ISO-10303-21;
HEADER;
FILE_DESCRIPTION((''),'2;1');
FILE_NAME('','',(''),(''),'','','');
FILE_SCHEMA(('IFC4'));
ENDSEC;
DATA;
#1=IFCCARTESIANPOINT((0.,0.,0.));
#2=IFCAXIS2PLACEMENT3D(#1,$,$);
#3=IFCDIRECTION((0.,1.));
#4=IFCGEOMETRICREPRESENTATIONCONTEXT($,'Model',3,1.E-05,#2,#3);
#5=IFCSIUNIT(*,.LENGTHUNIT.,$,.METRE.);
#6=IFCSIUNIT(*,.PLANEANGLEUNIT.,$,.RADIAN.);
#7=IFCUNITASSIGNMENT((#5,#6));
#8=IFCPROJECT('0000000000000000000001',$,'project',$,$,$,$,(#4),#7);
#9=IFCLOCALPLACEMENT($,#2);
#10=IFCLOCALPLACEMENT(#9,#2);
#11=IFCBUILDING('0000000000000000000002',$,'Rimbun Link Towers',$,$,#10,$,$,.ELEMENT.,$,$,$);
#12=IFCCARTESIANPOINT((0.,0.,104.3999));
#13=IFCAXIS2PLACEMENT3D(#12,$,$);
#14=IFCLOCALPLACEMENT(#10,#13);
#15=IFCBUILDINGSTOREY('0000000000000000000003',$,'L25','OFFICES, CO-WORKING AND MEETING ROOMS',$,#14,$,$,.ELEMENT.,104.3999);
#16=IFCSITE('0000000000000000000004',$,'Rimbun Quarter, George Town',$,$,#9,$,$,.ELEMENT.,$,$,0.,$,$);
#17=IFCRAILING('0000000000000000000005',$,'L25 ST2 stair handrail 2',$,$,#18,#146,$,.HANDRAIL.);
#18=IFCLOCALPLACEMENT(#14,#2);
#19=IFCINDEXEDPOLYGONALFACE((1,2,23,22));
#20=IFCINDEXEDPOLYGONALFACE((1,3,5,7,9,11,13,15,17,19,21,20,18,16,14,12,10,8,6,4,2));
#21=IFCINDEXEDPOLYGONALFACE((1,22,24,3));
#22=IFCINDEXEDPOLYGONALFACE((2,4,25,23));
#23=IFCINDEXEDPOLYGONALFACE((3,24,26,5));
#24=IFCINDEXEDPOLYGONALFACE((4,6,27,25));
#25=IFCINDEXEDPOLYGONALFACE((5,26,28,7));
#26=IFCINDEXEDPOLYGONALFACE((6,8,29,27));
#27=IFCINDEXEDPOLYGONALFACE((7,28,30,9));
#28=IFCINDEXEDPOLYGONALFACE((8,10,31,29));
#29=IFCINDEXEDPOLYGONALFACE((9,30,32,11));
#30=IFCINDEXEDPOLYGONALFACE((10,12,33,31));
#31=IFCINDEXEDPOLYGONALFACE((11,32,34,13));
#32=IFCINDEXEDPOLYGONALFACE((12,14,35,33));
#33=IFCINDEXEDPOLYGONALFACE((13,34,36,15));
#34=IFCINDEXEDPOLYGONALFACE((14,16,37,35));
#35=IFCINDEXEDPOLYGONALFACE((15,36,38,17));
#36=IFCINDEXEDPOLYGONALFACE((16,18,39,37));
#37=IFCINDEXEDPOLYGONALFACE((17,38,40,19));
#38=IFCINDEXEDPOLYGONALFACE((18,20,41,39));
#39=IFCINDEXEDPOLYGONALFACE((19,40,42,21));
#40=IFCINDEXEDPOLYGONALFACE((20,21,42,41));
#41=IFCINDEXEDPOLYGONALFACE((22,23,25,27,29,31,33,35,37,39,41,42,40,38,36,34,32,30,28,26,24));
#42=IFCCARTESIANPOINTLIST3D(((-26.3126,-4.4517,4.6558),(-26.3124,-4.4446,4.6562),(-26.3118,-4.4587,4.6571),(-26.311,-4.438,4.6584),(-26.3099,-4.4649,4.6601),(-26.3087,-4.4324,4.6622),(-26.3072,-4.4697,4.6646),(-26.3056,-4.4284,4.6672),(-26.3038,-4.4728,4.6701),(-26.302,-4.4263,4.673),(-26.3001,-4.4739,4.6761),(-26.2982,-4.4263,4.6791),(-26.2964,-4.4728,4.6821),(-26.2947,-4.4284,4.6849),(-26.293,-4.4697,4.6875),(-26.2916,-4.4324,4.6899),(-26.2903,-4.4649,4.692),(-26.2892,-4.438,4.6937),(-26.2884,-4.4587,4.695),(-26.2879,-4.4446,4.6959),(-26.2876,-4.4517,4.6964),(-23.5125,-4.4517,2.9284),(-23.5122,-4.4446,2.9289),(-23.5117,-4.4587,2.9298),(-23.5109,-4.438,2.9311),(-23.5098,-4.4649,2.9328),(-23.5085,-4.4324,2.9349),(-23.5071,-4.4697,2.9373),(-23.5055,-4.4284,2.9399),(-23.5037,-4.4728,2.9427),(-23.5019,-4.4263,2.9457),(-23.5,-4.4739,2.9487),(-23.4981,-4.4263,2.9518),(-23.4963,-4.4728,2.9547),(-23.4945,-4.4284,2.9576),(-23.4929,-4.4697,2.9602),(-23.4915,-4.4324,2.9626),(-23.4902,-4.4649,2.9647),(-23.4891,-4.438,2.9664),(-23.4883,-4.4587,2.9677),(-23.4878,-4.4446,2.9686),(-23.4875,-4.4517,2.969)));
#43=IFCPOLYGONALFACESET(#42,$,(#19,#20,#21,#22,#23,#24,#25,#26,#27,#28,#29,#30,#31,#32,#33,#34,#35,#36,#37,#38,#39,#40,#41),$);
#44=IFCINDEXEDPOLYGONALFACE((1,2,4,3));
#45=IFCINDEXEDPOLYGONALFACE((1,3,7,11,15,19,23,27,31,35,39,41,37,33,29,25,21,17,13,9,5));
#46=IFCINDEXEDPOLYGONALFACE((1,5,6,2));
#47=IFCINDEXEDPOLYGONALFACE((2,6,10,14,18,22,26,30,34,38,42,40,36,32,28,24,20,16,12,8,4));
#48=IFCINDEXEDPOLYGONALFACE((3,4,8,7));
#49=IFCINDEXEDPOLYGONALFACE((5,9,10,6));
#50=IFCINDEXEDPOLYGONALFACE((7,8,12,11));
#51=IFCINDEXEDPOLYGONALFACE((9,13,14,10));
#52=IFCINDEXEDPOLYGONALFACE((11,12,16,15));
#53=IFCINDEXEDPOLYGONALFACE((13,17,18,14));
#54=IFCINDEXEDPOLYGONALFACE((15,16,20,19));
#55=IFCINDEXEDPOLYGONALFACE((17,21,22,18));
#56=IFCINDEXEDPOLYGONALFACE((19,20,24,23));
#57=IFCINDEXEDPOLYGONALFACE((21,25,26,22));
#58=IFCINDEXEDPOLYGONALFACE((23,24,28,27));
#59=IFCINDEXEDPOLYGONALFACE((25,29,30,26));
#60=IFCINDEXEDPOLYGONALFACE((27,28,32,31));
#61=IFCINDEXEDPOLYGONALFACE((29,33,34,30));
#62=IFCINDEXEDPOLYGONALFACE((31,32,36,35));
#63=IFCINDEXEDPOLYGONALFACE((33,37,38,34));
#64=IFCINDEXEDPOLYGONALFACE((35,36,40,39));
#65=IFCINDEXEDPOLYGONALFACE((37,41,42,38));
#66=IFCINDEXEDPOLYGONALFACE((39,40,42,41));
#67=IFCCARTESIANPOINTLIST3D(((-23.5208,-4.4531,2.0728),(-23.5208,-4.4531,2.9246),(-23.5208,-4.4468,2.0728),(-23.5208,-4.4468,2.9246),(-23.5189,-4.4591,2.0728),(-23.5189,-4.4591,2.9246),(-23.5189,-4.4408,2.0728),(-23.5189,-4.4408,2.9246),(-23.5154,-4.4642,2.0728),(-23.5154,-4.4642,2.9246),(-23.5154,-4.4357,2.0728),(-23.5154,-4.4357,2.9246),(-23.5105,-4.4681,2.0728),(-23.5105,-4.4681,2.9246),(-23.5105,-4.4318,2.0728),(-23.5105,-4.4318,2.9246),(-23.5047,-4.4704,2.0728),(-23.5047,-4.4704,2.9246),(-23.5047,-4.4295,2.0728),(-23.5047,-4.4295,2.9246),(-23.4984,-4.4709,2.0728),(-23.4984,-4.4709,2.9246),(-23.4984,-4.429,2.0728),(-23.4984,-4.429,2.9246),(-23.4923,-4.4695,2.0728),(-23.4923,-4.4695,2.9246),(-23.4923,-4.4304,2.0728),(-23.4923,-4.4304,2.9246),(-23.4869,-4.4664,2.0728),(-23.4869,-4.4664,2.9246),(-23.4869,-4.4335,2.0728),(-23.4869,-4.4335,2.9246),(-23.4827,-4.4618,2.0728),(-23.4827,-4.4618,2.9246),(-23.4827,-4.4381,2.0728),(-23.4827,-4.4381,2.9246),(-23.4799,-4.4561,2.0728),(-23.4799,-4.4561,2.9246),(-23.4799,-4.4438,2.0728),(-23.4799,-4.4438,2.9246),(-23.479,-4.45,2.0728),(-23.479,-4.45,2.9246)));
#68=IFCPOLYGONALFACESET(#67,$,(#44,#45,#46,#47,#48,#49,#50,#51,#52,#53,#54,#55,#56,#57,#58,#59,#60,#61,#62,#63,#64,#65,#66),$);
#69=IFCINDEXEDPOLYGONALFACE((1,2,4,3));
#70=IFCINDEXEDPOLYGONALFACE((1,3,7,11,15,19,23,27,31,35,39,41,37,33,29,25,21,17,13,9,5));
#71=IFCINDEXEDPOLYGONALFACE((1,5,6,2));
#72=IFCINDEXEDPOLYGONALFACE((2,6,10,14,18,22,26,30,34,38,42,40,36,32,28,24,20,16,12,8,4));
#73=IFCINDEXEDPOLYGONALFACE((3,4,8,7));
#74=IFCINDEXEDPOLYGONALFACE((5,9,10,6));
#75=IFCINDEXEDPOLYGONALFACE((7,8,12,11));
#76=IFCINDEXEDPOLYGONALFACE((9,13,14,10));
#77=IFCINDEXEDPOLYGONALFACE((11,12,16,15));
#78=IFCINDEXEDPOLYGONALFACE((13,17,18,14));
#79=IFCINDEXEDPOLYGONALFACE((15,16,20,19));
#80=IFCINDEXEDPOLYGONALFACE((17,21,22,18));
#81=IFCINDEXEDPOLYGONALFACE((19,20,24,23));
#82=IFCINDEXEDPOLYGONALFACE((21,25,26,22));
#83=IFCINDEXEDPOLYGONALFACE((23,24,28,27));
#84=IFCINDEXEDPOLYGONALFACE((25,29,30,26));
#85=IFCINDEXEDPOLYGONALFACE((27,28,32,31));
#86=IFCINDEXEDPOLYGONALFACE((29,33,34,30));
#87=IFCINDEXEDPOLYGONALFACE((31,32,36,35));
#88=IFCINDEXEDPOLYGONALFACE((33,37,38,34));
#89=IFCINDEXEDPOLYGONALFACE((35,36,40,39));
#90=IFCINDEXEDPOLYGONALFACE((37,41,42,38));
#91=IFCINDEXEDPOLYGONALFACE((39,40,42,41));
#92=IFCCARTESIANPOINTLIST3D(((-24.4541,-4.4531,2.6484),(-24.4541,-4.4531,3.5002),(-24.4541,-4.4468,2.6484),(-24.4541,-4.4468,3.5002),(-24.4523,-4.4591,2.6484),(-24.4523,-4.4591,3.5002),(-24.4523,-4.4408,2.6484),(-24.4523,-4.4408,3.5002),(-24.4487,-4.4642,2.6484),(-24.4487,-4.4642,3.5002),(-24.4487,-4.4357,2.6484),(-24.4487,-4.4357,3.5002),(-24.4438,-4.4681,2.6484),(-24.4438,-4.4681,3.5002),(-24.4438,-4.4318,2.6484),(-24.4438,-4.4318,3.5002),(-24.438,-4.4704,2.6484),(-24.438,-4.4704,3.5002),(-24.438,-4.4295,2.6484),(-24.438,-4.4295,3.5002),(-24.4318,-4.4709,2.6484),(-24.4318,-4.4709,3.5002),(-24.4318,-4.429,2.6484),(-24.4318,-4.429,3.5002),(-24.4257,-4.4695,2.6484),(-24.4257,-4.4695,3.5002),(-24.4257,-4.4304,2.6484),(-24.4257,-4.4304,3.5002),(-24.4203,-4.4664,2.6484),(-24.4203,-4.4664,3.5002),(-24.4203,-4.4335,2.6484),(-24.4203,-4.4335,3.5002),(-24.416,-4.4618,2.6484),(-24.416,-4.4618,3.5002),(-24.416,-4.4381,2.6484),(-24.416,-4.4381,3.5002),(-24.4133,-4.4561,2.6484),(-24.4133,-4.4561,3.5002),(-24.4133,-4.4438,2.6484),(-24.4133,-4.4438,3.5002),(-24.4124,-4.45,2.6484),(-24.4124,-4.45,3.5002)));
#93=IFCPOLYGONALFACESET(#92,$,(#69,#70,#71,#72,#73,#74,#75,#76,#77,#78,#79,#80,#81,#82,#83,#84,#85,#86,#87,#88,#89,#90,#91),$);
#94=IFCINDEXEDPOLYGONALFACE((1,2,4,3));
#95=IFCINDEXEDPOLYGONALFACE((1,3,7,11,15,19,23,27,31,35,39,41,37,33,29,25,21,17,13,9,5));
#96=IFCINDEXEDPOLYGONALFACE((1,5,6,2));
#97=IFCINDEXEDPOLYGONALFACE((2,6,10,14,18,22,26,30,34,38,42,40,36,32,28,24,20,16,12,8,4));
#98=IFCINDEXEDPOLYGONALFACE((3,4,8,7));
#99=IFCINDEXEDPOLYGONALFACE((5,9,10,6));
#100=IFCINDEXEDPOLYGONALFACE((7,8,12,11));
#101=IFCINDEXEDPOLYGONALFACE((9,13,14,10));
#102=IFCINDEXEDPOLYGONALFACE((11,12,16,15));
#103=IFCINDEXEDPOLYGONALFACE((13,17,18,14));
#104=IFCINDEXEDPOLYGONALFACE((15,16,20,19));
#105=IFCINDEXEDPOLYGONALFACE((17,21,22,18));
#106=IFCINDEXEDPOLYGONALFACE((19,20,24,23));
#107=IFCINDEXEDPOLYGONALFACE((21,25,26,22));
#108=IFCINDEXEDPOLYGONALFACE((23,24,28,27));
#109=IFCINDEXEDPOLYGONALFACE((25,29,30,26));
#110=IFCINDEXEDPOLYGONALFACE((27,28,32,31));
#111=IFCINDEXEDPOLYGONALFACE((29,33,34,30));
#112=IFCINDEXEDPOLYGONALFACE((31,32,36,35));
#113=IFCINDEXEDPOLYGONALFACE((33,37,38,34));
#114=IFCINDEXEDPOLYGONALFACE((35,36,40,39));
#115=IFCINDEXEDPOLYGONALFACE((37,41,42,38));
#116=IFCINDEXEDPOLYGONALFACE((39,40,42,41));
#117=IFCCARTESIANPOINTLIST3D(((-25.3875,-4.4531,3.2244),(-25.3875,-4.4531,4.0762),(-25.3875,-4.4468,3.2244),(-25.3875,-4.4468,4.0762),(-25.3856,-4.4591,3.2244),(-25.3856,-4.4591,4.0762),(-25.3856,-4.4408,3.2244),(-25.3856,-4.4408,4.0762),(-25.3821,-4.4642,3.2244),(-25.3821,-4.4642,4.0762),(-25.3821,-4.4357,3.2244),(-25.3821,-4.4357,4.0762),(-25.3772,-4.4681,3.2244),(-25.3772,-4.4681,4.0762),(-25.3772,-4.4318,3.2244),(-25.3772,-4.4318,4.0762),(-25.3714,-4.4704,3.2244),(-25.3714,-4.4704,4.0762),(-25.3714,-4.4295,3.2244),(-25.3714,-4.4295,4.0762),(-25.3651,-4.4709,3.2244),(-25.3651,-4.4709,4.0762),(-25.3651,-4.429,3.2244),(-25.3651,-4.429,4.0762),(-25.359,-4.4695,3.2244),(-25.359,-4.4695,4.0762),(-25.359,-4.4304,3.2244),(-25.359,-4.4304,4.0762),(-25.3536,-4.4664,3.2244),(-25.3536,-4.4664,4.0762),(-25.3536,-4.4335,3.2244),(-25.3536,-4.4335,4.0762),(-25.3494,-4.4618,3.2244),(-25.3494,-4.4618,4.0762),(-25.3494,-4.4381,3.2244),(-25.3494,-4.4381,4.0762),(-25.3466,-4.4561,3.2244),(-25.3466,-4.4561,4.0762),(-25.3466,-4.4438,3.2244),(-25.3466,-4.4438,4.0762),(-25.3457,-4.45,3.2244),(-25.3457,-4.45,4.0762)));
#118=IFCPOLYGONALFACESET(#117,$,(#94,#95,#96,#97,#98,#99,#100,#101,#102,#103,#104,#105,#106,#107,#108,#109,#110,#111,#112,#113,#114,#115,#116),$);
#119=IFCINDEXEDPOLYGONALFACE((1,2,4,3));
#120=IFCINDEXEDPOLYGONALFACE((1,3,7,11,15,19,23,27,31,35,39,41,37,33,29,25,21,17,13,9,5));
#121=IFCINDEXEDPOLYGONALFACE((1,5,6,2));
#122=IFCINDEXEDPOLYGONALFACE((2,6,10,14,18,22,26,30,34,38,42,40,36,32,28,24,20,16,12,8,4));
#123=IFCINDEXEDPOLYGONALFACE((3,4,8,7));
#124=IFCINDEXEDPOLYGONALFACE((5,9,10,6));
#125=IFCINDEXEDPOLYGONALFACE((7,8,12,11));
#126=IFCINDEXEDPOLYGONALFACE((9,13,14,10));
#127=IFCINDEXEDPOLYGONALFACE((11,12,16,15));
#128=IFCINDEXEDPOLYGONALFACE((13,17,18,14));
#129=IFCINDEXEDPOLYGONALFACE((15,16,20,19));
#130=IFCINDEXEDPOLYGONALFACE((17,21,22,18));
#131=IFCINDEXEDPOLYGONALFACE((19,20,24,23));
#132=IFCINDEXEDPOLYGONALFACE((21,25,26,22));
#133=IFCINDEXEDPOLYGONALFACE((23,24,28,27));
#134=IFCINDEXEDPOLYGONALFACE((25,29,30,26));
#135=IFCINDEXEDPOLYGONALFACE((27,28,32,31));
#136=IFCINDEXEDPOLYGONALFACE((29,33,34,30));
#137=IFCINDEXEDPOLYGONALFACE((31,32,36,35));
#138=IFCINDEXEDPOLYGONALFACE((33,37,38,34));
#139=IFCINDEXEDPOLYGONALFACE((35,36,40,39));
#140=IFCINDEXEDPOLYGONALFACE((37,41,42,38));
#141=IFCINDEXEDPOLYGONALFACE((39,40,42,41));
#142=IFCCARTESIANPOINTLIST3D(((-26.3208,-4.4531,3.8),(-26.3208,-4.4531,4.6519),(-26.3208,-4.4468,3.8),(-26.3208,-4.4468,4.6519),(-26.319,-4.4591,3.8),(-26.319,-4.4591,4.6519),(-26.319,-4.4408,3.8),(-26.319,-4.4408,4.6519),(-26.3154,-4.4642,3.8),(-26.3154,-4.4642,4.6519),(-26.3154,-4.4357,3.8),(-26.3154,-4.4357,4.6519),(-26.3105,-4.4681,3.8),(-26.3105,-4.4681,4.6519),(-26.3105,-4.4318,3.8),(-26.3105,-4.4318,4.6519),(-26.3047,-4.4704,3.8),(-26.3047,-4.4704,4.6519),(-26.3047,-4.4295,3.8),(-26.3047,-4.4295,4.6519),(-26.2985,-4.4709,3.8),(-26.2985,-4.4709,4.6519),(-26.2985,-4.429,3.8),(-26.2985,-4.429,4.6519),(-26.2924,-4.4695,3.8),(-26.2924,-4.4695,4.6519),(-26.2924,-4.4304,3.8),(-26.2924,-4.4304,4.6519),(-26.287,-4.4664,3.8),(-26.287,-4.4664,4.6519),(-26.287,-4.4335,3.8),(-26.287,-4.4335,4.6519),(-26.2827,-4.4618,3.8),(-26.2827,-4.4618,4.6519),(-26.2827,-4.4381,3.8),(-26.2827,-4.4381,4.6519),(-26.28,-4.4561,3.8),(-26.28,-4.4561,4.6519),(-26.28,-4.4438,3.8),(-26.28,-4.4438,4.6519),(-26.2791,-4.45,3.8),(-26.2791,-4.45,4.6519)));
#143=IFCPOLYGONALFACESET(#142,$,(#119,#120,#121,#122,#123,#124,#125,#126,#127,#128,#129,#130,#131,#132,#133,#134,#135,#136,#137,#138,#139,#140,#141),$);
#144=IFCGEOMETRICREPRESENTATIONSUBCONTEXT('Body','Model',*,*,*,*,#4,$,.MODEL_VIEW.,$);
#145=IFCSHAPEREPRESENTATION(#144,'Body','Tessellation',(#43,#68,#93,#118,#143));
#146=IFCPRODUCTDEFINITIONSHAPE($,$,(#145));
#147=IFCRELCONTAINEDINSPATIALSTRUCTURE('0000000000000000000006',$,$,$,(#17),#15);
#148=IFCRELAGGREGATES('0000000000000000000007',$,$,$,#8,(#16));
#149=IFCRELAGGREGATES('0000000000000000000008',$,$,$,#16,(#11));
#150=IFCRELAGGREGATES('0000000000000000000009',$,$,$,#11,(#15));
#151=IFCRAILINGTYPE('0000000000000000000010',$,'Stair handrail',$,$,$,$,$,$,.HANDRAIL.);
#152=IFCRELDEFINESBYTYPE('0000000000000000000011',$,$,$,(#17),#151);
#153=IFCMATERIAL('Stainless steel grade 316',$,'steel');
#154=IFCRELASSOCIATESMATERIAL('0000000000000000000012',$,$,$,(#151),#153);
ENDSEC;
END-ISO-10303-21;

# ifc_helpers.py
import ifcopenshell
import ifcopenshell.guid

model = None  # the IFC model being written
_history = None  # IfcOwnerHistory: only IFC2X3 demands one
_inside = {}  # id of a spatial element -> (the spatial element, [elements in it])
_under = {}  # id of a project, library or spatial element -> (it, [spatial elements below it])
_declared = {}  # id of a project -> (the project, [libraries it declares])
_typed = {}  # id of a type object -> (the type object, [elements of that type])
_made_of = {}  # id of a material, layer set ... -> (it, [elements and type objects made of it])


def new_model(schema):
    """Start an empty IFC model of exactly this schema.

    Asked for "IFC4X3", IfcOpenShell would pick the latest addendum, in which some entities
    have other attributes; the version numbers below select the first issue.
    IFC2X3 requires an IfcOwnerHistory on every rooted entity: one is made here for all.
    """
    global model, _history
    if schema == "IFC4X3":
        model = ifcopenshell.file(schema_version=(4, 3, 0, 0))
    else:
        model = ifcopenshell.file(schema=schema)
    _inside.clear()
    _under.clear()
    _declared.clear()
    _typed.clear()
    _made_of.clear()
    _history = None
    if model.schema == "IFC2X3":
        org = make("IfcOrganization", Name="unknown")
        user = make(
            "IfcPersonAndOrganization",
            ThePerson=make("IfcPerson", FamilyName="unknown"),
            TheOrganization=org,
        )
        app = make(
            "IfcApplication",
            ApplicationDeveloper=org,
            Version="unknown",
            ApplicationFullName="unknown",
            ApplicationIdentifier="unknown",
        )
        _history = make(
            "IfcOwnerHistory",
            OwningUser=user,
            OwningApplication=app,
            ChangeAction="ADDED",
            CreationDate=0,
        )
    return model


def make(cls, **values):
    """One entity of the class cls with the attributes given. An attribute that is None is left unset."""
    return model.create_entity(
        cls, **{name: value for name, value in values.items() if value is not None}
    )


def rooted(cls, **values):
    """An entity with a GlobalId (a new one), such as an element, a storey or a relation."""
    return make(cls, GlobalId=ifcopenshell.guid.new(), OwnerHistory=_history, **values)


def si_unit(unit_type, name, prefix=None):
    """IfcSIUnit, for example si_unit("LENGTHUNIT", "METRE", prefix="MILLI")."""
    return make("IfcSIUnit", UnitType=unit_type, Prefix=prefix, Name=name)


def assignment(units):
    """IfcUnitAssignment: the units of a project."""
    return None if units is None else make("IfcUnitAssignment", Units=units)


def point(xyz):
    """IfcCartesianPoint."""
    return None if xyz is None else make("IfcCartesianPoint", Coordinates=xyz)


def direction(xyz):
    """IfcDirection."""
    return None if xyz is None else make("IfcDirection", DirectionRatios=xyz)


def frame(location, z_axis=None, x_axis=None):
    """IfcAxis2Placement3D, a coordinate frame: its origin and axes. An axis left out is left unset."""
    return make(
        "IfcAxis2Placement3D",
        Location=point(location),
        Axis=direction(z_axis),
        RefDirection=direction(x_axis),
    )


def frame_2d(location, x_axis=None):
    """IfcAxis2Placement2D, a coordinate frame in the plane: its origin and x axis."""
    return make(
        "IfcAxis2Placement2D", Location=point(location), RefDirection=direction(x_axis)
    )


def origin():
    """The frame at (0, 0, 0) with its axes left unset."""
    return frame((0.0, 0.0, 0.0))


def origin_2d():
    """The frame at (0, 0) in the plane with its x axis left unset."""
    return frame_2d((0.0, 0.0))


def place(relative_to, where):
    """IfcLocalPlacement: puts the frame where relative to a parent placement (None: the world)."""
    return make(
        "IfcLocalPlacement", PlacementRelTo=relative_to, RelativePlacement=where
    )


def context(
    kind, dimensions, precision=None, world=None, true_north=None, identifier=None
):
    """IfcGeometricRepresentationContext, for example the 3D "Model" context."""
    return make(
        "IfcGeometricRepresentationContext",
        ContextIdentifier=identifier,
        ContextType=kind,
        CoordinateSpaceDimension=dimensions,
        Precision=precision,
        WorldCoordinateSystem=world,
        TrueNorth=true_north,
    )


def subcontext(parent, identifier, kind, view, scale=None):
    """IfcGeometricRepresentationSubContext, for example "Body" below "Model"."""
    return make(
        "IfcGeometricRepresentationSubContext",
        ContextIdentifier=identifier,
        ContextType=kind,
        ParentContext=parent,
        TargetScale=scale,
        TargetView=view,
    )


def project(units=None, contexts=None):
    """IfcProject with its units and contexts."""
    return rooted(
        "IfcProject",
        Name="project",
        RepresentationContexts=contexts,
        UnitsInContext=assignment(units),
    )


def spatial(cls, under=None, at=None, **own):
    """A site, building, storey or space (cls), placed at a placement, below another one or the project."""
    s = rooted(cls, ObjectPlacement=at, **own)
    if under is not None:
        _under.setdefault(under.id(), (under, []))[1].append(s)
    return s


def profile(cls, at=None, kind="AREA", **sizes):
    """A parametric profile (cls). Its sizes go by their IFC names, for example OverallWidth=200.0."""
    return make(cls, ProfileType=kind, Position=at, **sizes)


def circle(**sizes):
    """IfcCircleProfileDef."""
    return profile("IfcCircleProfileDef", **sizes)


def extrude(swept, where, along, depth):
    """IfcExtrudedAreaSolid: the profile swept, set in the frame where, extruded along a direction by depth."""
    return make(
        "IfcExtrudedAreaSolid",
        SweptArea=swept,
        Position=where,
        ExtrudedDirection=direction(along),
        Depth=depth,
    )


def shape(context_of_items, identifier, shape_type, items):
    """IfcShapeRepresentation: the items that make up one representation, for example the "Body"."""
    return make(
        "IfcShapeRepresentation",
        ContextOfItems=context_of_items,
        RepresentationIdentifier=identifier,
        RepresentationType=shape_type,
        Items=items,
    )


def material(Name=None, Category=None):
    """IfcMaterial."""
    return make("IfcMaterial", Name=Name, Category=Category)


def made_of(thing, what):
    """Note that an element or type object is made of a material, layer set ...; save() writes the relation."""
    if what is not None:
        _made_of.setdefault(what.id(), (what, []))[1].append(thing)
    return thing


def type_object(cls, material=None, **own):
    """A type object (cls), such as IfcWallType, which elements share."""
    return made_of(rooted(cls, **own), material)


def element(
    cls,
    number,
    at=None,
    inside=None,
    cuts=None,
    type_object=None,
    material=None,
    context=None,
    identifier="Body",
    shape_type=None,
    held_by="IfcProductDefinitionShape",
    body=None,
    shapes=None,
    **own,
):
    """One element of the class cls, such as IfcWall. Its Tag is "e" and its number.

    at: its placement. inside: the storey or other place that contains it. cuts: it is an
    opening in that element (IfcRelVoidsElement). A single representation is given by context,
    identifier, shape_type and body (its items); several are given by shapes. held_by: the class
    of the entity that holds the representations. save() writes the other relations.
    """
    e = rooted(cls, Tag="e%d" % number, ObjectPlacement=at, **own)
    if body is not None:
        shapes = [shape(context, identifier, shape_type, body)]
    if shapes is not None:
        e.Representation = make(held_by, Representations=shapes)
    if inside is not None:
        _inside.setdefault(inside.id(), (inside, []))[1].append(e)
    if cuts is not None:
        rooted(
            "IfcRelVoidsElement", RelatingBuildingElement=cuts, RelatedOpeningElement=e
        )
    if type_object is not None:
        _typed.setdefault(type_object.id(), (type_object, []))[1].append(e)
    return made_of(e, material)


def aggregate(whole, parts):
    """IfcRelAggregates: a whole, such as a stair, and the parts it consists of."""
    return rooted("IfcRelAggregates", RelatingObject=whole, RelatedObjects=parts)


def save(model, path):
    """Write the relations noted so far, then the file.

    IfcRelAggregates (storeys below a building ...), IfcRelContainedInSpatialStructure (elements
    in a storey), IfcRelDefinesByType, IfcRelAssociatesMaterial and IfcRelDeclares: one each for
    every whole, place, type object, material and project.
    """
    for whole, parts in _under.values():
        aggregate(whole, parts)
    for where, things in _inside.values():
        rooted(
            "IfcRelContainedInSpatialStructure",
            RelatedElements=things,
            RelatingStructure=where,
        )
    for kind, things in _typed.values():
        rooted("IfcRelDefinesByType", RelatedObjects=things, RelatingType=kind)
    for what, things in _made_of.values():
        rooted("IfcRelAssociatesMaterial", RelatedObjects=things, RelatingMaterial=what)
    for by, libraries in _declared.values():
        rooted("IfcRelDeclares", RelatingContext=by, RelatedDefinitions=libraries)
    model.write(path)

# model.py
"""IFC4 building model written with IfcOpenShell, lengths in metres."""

from ifc_helpers import new_model, si_unit, direction, frame, origin, origin_2d, place, context, subcontext, project, spatial, circle, extrude, material, type_object, element, save


model = new_model("IFC4")

# Units and contexts
model_context = context("Model", 3, precision=1e-05, world=origin(), true_north=direction((0.0, 1.0)))
body_context = subcontext(model_context, "Body", "Model", "MODEL_VIEW")
ifc_project = project(units=[si_unit("LENGTHUNIT", "METRE"), si_unit("PLANEANGLEUNIT", "RADIAN")], contexts=[model_context])

# Site, building, storey
site_placement = place(None, origin())
site = spatial("IfcSite", under=ifc_project, at=site_placement, Name="Rimbun Quarter, George Town", CompositionType="ELEMENT", RefElevation=0.0)
building_placement = place(site_placement, origin())
building = spatial("IfcBuilding", under=site, at=building_placement, Name="Rimbun Link Towers", CompositionType="ELEMENT")
storey_placement = place(building_placement, frame((0.0, 0.0, 104.3999)))
storey = spatial("IfcBuildingStorey", under=building, at=storey_placement, Name="L25", Description="OFFICES, CO-WORKING AND MEETING ROOMS", CompositionType="ELEMENT", Elevation=104.3999)

# Railing
ifc_material_1 = material(Name="Stainless steel grade 316", Category="steel")
railing_type_1 = type_object("IfcRailingType", Name="Stair handrail", PredefinedType="HANDRAIL", material=ifc_material_1)
railing_1_placement = place(storey_placement, frame((-23.5, -4.45, 2.0728)))
element("IfcRailing", 1, at=railing_1_placement, inside=storey, type_object=railing_type_1, Name="L25 ST2 stair handrail 2", PredefinedType="HANDRAIL", context=body_context, shape_type="SweptSolid", body=[
    extrude(circle(Radius=0.0239, at=origin_2d()), frame((0.0, 0.0, 0.876), z_axis=(-0.85109, 0.0, 0.52502), x_axis=(0.0, -1.0, 0.0)), (0.0, 0.0, 1.0), 3.29),
    extrude(circle(Radius=0.021, at=origin_2d()), origin(), (0.0, 0.0, 1.0), 0.8518),
    extrude(circle(Radius=0.021, at=origin_2d()), frame((-0.9333, 0.0, 0.5757)), (0.0, 0.0, 1.0), 0.8518),
    extrude(circle(Radius=0.021, at=origin_2d()), frame((-1.8667, 0.0, 1.1516)), (0.0, 0.0, 1.0), 0.8518),
    extrude(circle(Radius=0.021, at=origin_2d()), frame((-2.8, 0.0, 1.7273)), (0.0, 0.0, 1.0), 0.8518),
])

save(model, "model.ifc")
